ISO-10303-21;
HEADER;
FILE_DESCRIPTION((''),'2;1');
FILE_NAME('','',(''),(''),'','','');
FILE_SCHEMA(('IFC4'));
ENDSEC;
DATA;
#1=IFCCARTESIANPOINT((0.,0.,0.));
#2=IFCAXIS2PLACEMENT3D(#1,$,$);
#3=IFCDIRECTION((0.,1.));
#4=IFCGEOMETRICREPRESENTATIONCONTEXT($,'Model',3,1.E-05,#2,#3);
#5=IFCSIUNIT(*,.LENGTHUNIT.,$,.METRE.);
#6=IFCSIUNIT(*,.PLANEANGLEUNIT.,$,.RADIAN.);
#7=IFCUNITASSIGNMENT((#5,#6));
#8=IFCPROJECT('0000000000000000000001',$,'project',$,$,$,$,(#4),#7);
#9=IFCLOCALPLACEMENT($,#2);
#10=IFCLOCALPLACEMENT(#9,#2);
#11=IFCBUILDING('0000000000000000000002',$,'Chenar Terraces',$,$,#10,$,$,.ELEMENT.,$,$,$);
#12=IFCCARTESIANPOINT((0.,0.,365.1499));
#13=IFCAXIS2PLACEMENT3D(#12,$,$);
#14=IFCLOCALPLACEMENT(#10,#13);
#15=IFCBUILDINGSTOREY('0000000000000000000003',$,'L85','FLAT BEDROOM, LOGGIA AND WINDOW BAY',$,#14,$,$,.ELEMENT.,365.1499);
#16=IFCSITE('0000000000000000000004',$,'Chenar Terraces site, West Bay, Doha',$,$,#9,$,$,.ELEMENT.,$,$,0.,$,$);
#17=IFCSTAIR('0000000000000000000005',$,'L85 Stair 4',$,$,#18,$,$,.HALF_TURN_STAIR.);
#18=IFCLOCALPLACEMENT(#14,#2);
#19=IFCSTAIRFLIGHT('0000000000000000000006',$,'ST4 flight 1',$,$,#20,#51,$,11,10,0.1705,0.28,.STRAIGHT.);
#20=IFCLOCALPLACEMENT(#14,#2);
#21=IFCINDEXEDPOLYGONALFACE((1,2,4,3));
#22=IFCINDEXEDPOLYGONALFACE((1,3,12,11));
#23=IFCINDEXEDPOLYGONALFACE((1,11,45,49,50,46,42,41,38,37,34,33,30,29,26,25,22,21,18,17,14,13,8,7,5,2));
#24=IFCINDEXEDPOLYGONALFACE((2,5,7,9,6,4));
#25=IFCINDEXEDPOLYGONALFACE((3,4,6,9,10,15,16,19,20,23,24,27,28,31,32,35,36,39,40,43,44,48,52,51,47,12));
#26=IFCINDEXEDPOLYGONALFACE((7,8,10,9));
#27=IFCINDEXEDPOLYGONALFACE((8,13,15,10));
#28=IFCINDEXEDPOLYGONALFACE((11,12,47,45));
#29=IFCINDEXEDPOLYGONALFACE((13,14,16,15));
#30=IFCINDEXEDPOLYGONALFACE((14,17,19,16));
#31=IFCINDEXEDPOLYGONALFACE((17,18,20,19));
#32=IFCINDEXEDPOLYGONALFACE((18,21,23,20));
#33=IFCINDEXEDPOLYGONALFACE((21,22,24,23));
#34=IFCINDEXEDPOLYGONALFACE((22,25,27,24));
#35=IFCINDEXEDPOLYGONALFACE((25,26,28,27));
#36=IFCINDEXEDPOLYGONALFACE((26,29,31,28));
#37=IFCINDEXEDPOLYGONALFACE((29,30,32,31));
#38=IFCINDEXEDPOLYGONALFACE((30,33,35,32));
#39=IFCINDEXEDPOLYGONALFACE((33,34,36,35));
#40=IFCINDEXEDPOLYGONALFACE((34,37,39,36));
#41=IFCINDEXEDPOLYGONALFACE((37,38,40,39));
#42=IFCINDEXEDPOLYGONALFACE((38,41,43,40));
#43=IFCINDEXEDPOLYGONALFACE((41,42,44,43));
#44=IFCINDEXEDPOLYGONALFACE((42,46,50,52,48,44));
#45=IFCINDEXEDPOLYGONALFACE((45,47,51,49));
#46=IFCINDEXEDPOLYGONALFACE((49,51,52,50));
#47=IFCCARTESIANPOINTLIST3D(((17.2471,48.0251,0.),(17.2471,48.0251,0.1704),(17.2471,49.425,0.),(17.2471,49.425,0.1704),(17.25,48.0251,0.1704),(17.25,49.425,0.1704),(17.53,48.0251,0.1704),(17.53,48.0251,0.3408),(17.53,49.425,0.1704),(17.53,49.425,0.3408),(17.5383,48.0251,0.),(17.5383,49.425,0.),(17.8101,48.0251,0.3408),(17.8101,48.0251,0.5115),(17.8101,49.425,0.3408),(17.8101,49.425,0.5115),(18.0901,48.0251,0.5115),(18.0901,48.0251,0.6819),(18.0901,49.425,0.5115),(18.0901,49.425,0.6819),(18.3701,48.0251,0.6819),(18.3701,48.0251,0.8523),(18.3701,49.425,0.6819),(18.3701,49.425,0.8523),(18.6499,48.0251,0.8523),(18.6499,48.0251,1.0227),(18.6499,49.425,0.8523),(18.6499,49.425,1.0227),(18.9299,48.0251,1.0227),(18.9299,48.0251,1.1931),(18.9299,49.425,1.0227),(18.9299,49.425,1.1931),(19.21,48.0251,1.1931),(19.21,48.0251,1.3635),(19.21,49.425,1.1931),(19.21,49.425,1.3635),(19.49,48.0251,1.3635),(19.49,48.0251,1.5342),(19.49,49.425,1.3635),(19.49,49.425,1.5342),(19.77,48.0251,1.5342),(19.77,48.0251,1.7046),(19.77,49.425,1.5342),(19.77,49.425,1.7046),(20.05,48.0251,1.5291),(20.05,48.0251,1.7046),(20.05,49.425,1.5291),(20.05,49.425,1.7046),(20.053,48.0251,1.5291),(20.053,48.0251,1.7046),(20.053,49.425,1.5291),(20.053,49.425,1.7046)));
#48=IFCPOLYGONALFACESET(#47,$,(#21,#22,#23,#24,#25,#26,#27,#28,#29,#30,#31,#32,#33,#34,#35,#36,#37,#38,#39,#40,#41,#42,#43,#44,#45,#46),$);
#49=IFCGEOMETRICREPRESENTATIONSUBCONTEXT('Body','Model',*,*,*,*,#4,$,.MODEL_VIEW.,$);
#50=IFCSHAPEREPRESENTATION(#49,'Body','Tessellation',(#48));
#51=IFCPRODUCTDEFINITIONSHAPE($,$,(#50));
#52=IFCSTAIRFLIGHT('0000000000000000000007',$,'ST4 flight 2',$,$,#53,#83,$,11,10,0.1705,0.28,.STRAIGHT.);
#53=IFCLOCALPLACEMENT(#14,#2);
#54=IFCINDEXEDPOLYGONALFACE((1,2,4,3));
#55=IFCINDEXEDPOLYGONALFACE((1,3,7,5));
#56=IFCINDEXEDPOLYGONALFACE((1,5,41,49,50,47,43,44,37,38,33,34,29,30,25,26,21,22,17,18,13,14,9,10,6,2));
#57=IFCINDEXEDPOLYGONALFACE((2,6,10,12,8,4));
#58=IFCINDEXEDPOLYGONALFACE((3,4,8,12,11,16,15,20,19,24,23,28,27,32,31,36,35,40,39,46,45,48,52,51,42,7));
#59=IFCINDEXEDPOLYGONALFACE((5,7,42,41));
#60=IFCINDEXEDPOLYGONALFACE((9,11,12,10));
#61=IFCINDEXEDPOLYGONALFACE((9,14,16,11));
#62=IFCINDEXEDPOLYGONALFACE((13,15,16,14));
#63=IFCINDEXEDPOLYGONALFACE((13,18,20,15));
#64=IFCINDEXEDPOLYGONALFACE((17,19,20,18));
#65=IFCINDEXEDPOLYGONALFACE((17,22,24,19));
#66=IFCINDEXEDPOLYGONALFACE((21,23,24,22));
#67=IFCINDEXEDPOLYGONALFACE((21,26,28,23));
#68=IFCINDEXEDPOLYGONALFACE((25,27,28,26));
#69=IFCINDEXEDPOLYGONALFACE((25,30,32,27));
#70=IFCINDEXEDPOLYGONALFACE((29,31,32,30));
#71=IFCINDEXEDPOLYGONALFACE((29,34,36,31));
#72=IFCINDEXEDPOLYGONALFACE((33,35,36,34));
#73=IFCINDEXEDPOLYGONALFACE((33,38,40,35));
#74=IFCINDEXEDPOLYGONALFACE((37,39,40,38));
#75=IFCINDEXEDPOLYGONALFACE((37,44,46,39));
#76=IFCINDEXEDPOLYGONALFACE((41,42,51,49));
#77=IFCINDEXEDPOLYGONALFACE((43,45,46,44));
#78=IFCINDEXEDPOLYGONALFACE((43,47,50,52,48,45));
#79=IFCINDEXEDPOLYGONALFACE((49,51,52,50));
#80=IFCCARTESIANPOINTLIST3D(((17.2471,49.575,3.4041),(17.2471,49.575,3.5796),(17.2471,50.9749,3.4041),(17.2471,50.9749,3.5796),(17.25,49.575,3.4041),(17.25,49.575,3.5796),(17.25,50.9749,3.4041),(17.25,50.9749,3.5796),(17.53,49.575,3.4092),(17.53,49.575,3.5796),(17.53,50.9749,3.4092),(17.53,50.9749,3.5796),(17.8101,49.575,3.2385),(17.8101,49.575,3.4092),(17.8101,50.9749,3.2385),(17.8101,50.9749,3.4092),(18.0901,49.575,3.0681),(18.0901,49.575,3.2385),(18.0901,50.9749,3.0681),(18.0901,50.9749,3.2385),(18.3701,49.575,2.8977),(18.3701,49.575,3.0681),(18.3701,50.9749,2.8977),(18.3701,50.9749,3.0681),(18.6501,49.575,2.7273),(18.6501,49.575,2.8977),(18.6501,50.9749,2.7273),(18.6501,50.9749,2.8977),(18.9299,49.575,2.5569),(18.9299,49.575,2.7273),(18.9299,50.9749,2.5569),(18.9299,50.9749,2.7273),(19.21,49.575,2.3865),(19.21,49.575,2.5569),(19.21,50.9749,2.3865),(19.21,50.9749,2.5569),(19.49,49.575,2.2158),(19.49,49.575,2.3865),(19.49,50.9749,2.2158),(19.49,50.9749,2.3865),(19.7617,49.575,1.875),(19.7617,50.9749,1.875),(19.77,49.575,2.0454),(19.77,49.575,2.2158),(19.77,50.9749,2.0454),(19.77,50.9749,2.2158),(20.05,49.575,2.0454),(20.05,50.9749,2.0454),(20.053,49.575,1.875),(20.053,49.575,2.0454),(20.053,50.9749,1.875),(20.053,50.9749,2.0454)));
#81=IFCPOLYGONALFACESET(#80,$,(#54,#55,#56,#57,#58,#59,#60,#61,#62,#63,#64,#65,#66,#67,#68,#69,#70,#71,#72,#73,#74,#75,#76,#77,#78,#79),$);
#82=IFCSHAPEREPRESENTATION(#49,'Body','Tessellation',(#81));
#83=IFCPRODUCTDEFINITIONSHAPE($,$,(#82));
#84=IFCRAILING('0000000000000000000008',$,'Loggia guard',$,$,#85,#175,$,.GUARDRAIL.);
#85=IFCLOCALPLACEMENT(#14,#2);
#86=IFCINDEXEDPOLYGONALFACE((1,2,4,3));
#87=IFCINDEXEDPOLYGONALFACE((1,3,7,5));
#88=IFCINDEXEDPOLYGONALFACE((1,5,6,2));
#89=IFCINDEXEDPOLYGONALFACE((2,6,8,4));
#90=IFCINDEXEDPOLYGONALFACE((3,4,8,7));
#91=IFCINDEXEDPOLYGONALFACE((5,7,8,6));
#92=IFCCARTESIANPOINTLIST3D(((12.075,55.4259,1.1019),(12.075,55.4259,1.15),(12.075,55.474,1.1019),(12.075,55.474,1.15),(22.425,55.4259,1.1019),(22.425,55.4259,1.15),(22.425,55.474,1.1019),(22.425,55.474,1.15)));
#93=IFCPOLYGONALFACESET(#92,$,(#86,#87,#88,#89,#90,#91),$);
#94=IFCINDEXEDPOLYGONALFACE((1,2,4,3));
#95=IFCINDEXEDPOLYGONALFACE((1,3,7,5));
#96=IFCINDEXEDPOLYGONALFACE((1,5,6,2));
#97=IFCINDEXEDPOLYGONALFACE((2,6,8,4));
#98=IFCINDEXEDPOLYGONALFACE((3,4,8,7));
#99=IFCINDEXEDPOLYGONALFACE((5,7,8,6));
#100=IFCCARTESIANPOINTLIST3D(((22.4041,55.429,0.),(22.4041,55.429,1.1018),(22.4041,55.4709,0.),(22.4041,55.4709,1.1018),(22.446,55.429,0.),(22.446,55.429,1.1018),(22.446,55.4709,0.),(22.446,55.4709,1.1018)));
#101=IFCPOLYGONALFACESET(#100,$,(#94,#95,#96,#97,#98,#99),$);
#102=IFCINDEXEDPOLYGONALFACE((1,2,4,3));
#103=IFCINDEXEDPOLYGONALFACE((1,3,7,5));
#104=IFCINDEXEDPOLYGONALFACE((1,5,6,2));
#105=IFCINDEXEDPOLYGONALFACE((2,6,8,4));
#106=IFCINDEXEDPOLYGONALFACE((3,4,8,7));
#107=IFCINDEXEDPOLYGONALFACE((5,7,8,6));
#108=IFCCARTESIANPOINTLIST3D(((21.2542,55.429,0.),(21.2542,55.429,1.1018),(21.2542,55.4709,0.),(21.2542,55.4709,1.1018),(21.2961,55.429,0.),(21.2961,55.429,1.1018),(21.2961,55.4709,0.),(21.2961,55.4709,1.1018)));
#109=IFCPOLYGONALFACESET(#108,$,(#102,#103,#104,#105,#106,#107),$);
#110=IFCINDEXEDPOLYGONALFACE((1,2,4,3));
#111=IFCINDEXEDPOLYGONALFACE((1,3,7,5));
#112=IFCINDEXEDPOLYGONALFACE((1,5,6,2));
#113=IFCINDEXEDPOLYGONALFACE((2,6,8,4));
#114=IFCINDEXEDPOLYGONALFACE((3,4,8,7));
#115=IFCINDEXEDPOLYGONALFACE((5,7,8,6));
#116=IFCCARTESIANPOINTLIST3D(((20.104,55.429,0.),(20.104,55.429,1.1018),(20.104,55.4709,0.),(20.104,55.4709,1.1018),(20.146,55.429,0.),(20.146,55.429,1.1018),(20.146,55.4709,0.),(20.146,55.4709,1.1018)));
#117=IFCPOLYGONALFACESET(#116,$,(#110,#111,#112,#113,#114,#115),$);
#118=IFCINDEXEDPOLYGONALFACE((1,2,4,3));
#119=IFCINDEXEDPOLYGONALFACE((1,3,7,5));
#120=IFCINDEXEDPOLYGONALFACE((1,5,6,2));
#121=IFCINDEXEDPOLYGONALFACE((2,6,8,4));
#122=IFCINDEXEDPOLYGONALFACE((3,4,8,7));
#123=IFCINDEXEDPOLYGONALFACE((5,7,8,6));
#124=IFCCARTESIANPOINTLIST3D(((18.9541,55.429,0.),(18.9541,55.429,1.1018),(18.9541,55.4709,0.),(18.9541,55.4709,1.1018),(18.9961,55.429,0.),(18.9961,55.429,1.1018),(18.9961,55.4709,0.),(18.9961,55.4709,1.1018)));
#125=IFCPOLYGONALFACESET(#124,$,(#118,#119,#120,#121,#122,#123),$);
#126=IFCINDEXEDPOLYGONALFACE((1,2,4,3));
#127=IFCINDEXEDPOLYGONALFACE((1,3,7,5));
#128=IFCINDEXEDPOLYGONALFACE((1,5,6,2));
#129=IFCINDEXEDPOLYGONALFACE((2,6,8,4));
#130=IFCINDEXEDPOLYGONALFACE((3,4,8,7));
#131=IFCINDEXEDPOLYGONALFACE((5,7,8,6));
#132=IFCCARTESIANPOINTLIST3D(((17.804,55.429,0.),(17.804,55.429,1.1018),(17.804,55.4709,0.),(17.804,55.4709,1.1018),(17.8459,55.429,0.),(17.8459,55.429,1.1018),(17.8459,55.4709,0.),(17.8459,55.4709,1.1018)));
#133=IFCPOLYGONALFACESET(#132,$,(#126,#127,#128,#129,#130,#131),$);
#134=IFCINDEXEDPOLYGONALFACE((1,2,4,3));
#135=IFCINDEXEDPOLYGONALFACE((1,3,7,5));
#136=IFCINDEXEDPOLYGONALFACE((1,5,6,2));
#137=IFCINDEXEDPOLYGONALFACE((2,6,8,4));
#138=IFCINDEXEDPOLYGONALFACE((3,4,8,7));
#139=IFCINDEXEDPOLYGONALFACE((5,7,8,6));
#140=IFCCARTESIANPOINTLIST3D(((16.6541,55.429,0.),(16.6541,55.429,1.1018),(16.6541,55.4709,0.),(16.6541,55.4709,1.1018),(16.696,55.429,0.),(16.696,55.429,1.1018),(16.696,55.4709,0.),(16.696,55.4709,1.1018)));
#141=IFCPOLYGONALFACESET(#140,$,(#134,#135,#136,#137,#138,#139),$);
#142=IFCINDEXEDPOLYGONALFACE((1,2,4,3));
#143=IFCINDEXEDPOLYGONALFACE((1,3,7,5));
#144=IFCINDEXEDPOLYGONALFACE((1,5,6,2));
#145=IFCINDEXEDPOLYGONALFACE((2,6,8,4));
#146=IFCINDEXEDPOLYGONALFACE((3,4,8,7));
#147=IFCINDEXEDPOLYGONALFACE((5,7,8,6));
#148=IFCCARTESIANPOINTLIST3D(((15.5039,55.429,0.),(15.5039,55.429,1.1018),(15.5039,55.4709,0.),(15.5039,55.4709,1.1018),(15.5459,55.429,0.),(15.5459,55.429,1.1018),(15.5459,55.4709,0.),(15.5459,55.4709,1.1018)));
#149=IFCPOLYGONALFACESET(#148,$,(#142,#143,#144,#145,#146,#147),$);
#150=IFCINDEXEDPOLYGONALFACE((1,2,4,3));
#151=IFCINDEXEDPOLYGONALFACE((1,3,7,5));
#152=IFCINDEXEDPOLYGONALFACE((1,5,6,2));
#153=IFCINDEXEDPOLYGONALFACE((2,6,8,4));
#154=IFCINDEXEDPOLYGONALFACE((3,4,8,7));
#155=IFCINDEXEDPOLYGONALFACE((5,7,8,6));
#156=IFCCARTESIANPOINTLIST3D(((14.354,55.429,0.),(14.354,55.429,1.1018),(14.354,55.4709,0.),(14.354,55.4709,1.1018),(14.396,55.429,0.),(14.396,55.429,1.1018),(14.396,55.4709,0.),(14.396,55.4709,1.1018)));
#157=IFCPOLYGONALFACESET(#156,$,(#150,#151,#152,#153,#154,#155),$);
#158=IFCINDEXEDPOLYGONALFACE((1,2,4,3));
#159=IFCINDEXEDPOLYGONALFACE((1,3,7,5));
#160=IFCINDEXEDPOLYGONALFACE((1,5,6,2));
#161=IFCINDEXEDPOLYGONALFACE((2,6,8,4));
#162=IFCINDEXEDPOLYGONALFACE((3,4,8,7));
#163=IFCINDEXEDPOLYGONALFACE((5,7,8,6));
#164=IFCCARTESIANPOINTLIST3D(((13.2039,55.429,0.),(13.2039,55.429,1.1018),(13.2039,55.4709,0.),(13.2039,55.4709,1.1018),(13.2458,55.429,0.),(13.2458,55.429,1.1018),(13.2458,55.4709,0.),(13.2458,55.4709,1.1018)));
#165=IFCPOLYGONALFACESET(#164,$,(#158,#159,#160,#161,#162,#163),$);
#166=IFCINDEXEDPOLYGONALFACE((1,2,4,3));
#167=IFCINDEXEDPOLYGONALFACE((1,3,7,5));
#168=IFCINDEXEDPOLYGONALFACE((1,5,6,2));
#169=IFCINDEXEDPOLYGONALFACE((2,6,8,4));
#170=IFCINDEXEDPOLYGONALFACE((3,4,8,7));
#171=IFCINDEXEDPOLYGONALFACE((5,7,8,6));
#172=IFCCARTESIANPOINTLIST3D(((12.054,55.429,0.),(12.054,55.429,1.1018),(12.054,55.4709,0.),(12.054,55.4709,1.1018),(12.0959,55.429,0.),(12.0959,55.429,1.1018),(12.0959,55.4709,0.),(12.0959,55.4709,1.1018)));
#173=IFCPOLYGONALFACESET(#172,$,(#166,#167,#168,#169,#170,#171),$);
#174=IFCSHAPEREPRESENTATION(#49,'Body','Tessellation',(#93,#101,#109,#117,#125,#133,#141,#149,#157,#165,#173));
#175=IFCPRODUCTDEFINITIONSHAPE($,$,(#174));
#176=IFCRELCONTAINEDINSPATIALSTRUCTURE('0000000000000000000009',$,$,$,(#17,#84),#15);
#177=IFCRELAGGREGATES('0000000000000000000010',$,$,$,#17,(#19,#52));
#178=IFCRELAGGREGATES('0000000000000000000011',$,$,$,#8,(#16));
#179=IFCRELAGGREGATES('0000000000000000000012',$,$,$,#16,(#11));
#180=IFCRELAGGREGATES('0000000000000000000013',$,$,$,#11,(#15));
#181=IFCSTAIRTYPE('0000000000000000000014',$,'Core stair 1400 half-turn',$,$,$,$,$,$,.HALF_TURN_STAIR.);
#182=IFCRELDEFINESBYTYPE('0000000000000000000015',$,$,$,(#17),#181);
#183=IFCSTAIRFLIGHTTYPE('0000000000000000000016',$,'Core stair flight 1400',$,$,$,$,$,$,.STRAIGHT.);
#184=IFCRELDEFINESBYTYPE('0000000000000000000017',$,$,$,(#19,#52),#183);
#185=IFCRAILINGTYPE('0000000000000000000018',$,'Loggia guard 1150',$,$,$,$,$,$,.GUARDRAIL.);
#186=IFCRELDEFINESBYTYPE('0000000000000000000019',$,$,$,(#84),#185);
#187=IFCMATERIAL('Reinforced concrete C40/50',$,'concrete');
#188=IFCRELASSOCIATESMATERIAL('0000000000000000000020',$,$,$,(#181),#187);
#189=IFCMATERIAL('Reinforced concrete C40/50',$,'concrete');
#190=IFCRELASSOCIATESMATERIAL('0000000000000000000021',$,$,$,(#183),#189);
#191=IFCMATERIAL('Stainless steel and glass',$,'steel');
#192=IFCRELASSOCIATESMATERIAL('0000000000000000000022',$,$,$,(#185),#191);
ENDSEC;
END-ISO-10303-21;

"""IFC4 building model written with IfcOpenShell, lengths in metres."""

from ifc_helpers import new_model, si_unit, direction, frame, origin, origin_2d, place, context, subcontext, project, spatial, polyline, rectangle, outline, extrude, material, type_object, element, aggregate, save


model = new_model("IFC4")

# Units and contexts
model_context = context("Model", 3, precision=1e-05, world=origin(), true_north=direction((0.0, 1.0)))
body_context = subcontext(model_context, "Body", "Model", "MODEL_VIEW")
ifc_project = project(units=[si_unit("LENGTHUNIT", "METRE"), si_unit("PLANEANGLEUNIT", "RADIAN")], contexts=[model_context])

# Site, building, storey
site_placement = place(None, origin())
site = spatial("IfcSite", under=ifc_project, at=site_placement, Name="Chenar Terraces site, West Bay, Doha", CompositionType="ELEMENT", RefElevation=0.0)
building_placement = place(site_placement, origin())
building = spatial("IfcBuilding", under=site, at=building_placement, Name="Chenar Terraces", CompositionType="ELEMENT")
storey_placement = place(building_placement, frame((0.0, 0.0, 365.1499)))
storey = spatial("IfcBuildingStorey", under=building, at=storey_placement, Name="L85", Description="FLAT BEDROOM, LOGGIA AND WINDOW BAY", CompositionType="ELEMENT", Elevation=365.1499)

# Stair, stair flights
ifc_material_1 = material(Name="Reinforced concrete C40/50", Category="concrete")
stair_type = type_object("IfcStairType", Name="Core stair 1400 half-turn", PredefinedType="HALF_TURN_STAIR", material=ifc_material_1)
stair_placement = place(storey_placement, origin())
stair = element("IfcStair", 1, at=stair_placement, inside=storey, type_object=stair_type, Name="L85 Stair 4", PredefinedType="HALF_TURN_STAIR")
ifc_material_2 = material(Name="Reinforced concrete C40/50", Category="concrete")
stair_flight_type = type_object("IfcStairFlightType", Name="Core stair flight 1400", PredefinedType="STRAIGHT", material=ifc_material_2)
stair_flight_1_placement = place(storey_placement, frame((17.25, 48.7251, 0.0), z_axis=(0.0, 0.0, 1.0), x_axis=(1.0, 0.0, 0.0)))
stair_flight_1 = element("IfcStairFlight", 2, at=stair_flight_1_placement, type_object=stair_flight_type, Name="ST4 flight 1", NumberOfRisers=11, NumberOfTreads=10, PredefinedType="STRAIGHT", RiserHeight=0.1705, TreadLength=0.28, context=body_context, shape_type="SweptSolid", body=[
    extrude(outline(polyline([(-0.0029, 0.0), (-0.0029, 0.1704), (0.0, 0.1704), (0.28, 0.1704), (0.28, 0.3408), (0.5601, 0.3408), (0.5601, 0.5115), (0.8401, 0.5115), (0.8401, 0.6819), (1.1201, 0.6819), (1.1201, 0.8523), (1.3999, 0.8523), (1.3999, 1.0227), (1.6799, 1.0227), (1.6799, 1.1931), (1.96, 1.1931), (1.96, 1.3635), (2.24, 1.3635), (2.24, 1.5342), (2.52, 1.5342), (2.52, 1.7046), (2.8, 1.7046), (2.803, 1.7046), (2.803, 1.5291), (2.8, 1.5291), (0.2883, 0.0), (-0.0029, 0.0)])), frame((0.0, 0.7, 0.0), z_axis=(0.0, -1.0, 0.0), x_axis=(1.0, 0.0, 0.0)), (0.0, 0.0, 1.0), 1.3999),
])
stair_flight_2_placement = place(storey_placement, frame((20.05, 50.2749, 1.875), z_axis=(0.0, 0.0, 1.0), x_axis=(-1.0, 0.0, 0.0)))
stair_flight_2 = element("IfcStairFlight", 3, at=stair_flight_2_placement, type_object=stair_flight_type, Name="ST4 flight 2", NumberOfRisers=11, NumberOfTreads=10, PredefinedType="STRAIGHT", RiserHeight=0.1705, TreadLength=0.28, context=body_context, shape_type="SweptSolid", body=[
    extrude(outline(polyline([(-0.0029, 0.0), (-0.0029, 0.1704), (0.0, 0.1704), (0.28, 0.1704), (0.28, 0.3408), (0.5601, 0.3408), (0.5601, 0.5115), (0.8401, 0.5115), (0.8401, 0.6819), (1.1201, 0.6819), (1.1201, 0.8523), (1.3999, 0.8523), (1.3999, 1.0227), (1.6799, 1.0227), (1.6799, 1.1931), (1.96, 1.1931), (1.96, 1.3635), (2.24, 1.3635), (2.24, 1.5342), (2.52, 1.5342), (2.52, 1.7046), (2.8, 1.7046), (2.803, 1.7046), (2.803, 1.5291), (2.8, 1.5291), (0.2883, 0.0), (-0.0029, 0.0)])), frame((0.0, 0.7, 0.0), z_axis=(0.0, -1.0, 0.0), x_axis=(1.0, 0.0, 0.0)), (0.0, 0.0, 1.0), 1.3999),
])
aggregate(stair, [stair_flight_1, stair_flight_2])

# Railing
ifc_material_3 = material(Name="Stainless steel and glass", Category="steel")
railing_type_1 = type_object("IfcRailingType", Name="Loggia guard 1150", PredefinedType="GUARDRAIL", material=ifc_material_3)
railing_1_placement = place(storey_placement, frame((22.425, 55.45, 0.0)))
element("IfcRailing", 4, at=railing_1_placement, inside=storey, type_object=railing_type_1, Name="Loggia guard", PredefinedType="GUARDRAIL", context=body_context, shape_type="SweptSolid", body=[
    extrude(rectangle(XDim=0.0481, YDim=0.0481, at=origin_2d()), frame((0.0, 0.0, 1.126), z_axis=(-1.0, 0.0, 0.0), x_axis=(0.0, -1.0, 0.0)), (0.0, 0.0, 1.0), 10.3501),
    extrude(rectangle(XDim=0.042, YDim=0.042, at=origin_2d()), origin(), (0.0, 0.0, 1.0), 1.1018),
    extrude(rectangle(XDim=0.042, YDim=0.042, at=origin_2d()), frame((-1.1499, 0.0, 0.0)), (0.0, 0.0, 1.0), 1.1018),
    extrude(rectangle(XDim=0.042, YDim=0.042, at=origin_2d()), frame((-2.3, 0.0, 0.0)), (0.0, 0.0, 1.0), 1.1018),
    extrude(rectangle(XDim=0.042, YDim=0.042, at=origin_2d()), frame((-3.45, 0.0, 0.0)), (0.0, 0.0, 1.0), 1.1018),
    extrude(rectangle(XDim=0.042, YDim=0.042, at=origin_2d()), frame((-4.6001, 0.0, 0.0)), (0.0, 0.0, 1.0), 1.1018),
    extrude(rectangle(XDim=0.042, YDim=0.042, at=origin_2d()), frame((-5.75, 0.0, 0.0)), (0.0, 0.0, 1.0), 1.1018),
    extrude(rectangle(XDim=0.042, YDim=0.042, at=origin_2d()), frame((-6.9001, 0.0, 0.0)), (0.0, 0.0, 1.0), 1.1018),
    extrude(rectangle(XDim=0.042, YDim=0.042, at=origin_2d()), frame((-8.05, 0.0, 0.0)), (0.0, 0.0, 1.0), 1.1018),
    extrude(rectangle(XDim=0.042, YDim=0.042, at=origin_2d()), frame((-9.2002, 0.0, 0.0)), (0.0, 0.0, 1.0), 1.1018),
    extrude(rectangle(XDim=0.042, YDim=0.042, at=origin_2d()), frame((-10.3501, 0.0, 0.0)), (0.0, 0.0, 1.0), 1.1018),
])

save(model, "model.ifc")
